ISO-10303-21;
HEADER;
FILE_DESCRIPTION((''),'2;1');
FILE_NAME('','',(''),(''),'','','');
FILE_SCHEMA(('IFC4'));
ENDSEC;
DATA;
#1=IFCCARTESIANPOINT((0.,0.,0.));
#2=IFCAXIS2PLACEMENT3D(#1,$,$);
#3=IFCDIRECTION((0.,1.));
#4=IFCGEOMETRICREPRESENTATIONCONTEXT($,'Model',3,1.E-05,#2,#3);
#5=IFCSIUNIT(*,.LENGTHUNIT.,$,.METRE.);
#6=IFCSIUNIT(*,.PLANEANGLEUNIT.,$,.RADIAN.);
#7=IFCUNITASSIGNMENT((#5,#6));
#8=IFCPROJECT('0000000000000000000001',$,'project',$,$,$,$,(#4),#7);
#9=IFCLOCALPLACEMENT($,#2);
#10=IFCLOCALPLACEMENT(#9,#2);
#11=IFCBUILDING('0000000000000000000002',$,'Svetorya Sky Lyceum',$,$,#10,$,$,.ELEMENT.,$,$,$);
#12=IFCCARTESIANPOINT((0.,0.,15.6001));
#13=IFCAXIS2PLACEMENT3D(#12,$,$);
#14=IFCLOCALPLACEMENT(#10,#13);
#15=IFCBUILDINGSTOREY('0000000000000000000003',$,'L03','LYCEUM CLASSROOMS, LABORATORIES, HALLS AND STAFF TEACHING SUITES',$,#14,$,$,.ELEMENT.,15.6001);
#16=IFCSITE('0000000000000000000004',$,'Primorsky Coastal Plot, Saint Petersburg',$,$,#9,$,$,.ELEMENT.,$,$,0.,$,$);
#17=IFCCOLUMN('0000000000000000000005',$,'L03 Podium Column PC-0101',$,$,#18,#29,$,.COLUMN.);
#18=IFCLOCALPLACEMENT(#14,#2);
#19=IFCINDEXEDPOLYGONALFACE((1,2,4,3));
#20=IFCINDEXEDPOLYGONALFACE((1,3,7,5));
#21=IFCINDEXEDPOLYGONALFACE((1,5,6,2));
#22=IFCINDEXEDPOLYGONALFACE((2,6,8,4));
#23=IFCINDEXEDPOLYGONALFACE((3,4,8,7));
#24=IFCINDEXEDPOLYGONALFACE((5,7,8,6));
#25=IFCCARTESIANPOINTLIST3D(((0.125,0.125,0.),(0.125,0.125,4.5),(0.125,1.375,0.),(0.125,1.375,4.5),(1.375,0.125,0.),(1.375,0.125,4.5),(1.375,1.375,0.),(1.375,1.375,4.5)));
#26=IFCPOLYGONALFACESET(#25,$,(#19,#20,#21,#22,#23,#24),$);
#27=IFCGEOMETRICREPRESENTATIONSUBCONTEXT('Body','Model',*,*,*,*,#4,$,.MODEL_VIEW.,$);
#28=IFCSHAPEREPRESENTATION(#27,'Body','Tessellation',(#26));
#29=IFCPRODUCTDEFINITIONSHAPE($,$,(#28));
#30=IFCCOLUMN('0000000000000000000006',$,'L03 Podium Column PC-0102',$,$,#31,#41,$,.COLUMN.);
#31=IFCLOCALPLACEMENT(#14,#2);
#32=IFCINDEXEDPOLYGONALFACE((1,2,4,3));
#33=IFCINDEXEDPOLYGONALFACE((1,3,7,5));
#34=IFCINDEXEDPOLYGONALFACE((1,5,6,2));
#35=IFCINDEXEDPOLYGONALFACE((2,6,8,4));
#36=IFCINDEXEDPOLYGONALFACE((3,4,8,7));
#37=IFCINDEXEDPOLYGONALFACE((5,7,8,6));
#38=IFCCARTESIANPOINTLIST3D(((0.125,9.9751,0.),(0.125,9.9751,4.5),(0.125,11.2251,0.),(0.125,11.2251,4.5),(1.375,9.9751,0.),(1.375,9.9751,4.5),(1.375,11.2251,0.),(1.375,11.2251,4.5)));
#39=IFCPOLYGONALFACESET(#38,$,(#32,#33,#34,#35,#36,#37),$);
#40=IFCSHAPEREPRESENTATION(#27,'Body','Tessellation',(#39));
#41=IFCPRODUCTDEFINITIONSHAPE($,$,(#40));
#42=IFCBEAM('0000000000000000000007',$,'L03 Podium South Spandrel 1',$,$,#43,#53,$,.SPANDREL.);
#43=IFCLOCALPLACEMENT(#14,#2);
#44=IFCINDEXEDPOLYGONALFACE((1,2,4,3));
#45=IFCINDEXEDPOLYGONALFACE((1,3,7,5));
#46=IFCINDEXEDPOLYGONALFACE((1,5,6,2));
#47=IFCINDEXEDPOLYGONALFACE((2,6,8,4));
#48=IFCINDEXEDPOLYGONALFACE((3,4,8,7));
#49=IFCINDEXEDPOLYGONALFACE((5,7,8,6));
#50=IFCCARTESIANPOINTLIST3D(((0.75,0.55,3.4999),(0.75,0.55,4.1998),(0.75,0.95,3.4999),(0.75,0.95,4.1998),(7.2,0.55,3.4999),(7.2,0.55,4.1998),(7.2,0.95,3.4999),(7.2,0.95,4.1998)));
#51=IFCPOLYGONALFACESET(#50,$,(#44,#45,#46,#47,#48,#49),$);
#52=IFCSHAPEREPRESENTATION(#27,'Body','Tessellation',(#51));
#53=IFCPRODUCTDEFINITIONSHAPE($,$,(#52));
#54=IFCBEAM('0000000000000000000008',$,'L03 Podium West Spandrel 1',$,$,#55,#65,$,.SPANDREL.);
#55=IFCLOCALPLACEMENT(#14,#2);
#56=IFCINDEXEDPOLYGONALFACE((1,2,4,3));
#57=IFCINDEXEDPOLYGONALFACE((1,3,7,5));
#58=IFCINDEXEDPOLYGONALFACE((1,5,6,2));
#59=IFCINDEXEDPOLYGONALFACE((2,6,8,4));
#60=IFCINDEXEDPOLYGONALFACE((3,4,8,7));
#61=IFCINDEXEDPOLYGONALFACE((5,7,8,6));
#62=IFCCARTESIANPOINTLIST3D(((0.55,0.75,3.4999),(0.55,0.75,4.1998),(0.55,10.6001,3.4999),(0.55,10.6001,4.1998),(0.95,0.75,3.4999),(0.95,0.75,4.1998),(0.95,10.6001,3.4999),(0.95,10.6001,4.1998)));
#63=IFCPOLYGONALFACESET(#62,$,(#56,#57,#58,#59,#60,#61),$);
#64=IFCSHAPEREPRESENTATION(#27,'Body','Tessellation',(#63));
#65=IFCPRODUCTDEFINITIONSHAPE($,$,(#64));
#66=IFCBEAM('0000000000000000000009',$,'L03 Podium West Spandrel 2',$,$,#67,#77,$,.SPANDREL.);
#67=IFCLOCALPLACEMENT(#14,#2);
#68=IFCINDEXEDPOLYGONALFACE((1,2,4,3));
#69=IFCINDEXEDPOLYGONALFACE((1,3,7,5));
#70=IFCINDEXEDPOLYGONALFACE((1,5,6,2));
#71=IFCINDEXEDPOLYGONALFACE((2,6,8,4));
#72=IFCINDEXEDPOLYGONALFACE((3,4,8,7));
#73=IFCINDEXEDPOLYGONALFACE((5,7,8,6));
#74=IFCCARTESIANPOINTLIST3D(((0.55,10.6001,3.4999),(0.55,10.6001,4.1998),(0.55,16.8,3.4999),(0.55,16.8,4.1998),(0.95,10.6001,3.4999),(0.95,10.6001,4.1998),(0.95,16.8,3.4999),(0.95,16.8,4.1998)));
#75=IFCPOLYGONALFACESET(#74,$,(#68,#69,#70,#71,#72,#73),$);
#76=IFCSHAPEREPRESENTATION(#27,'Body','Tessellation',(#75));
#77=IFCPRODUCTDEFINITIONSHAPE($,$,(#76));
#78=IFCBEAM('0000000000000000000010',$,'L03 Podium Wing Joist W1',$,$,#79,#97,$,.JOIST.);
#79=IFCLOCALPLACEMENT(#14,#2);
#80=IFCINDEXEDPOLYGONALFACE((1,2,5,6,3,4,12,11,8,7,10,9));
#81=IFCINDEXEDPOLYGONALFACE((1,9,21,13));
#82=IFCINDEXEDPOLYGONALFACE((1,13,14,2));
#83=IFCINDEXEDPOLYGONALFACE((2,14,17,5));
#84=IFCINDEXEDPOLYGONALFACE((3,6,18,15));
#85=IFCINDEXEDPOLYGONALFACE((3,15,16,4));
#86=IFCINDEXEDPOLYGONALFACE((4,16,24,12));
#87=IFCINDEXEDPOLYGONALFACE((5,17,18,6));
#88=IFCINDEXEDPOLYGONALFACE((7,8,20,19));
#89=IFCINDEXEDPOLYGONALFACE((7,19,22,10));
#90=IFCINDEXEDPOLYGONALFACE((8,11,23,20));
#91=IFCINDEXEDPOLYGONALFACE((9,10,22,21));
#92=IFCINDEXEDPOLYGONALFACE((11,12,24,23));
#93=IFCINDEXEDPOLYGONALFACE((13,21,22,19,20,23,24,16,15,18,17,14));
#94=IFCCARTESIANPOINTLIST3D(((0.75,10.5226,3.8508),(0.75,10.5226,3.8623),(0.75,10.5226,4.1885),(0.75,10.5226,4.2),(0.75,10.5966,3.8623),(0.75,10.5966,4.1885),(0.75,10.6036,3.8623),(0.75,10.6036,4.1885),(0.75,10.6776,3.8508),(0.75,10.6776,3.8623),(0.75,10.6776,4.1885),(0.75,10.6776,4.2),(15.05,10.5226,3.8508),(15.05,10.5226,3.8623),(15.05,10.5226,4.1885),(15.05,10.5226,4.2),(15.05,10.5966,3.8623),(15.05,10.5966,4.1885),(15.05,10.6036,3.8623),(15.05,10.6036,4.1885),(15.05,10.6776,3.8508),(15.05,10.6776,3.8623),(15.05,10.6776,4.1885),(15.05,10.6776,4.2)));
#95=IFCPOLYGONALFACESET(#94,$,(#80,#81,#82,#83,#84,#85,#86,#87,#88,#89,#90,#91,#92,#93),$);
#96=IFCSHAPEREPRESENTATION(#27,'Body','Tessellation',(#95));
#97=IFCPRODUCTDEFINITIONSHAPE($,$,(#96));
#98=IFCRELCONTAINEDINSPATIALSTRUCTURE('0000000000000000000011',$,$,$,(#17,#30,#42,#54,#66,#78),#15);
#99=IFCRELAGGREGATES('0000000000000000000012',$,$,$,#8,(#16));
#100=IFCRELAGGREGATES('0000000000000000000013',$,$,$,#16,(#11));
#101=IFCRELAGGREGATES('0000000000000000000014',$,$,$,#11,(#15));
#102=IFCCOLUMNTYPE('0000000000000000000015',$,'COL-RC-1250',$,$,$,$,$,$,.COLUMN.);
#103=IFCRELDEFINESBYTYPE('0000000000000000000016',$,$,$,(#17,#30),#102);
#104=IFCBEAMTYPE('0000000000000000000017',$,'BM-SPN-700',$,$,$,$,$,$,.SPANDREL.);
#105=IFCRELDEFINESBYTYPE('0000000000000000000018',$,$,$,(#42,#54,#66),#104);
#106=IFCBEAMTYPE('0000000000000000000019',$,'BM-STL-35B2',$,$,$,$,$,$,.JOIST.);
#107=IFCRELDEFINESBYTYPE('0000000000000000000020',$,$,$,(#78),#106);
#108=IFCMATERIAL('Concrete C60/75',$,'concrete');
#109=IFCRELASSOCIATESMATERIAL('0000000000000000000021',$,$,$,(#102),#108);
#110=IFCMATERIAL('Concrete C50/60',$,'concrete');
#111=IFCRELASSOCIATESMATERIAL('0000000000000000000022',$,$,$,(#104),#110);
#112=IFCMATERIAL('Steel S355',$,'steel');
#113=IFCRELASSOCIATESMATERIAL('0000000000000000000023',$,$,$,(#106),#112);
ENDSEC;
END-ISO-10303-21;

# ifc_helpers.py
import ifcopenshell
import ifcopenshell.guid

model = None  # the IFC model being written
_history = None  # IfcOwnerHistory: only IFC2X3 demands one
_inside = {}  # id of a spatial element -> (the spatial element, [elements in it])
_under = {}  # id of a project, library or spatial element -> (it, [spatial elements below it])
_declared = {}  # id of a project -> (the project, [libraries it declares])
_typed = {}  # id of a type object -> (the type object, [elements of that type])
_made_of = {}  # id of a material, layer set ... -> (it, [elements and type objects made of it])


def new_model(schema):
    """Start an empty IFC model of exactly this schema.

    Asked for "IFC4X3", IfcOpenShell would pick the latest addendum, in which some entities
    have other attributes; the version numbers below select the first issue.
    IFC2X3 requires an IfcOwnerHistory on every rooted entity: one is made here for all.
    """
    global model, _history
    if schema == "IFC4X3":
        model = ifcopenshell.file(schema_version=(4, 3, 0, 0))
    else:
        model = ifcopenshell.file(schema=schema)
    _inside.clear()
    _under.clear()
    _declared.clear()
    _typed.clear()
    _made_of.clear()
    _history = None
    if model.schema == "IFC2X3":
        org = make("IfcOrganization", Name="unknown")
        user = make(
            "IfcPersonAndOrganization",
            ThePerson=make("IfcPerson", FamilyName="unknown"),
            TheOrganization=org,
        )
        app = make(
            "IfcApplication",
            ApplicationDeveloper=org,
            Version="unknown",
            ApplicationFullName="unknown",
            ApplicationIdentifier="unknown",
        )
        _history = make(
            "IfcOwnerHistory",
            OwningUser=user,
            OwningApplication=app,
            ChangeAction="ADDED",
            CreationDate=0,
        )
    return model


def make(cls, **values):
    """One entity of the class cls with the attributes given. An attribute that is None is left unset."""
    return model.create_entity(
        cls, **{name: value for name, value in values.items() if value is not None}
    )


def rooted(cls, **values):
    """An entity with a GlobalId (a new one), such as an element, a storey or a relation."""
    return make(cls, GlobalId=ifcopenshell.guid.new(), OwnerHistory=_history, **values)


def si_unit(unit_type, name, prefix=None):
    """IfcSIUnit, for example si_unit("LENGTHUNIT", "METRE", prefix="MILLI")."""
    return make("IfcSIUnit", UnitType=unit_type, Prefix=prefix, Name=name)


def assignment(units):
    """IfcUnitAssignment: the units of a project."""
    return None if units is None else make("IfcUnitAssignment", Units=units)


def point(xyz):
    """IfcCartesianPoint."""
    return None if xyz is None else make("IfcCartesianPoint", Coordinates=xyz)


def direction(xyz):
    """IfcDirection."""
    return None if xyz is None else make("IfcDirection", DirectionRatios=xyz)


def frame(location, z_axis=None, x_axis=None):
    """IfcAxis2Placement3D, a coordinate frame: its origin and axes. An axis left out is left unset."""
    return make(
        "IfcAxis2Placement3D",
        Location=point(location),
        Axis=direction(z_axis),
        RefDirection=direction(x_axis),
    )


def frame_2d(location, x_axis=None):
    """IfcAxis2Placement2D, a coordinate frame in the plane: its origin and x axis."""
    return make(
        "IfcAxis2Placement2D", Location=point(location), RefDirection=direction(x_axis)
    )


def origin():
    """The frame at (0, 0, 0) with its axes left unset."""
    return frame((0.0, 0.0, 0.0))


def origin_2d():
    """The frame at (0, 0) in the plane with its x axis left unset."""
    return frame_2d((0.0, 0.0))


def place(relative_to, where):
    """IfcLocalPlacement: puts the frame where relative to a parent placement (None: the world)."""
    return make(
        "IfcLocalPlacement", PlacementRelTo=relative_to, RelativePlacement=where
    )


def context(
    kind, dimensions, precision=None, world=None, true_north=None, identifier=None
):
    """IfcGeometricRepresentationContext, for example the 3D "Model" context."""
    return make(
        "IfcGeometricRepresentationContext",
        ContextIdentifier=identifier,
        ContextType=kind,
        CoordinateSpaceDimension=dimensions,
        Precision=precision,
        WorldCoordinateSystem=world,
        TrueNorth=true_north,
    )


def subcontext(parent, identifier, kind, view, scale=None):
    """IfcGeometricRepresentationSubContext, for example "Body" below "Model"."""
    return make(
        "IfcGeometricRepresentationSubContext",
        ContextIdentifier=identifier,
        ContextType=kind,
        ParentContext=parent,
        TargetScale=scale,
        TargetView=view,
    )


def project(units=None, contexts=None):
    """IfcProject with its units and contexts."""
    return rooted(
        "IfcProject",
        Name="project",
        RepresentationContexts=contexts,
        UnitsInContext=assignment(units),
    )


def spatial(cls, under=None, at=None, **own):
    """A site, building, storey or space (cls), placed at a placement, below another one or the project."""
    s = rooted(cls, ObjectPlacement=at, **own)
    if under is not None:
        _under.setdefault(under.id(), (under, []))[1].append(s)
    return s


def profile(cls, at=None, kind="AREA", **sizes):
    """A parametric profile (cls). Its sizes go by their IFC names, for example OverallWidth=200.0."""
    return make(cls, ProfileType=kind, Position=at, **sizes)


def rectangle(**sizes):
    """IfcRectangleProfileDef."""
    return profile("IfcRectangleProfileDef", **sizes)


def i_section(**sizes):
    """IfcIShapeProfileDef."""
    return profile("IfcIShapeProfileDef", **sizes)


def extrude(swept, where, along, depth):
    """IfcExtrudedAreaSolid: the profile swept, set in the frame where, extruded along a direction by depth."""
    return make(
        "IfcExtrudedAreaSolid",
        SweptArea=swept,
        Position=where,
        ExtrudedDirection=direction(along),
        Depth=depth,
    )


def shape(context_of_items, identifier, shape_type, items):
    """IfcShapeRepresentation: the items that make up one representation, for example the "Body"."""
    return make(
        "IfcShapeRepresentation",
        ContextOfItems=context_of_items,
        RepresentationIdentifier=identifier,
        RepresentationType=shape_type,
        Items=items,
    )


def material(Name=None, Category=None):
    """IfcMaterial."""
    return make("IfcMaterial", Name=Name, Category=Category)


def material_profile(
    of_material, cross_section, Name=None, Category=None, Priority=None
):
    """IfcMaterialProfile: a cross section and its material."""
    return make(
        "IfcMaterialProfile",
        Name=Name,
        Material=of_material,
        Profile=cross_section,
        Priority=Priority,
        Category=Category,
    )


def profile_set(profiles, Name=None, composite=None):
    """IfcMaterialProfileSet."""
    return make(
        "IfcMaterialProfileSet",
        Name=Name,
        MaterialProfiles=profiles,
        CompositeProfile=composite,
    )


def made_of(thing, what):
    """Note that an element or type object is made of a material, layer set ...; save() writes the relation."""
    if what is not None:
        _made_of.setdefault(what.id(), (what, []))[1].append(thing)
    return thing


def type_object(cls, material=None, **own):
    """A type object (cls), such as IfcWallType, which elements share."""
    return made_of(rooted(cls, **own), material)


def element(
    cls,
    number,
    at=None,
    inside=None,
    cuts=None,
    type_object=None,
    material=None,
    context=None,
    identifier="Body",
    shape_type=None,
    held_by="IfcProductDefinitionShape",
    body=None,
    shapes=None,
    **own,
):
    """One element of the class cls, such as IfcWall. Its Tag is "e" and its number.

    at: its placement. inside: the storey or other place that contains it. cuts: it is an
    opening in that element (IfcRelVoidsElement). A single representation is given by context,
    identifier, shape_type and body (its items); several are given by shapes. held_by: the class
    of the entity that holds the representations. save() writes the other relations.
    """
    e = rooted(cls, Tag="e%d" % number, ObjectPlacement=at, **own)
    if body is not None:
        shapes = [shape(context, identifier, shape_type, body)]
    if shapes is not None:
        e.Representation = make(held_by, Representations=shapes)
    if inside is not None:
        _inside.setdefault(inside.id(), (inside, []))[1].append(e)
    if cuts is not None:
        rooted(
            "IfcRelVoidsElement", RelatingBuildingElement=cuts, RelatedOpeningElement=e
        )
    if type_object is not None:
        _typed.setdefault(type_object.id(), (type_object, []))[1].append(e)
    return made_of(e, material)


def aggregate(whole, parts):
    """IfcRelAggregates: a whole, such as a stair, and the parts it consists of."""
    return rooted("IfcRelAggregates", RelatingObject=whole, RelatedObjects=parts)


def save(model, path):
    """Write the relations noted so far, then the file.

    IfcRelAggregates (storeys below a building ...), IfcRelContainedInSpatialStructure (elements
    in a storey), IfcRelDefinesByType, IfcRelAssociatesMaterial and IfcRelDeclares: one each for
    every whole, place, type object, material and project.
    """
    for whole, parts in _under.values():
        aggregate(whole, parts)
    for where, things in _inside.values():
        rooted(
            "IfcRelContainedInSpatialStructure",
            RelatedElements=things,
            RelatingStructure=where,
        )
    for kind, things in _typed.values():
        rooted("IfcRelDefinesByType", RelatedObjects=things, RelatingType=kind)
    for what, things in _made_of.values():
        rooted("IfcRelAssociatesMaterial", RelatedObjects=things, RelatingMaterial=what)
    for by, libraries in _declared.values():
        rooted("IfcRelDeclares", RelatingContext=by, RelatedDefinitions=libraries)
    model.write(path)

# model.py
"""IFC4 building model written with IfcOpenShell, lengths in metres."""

from ifc_helpers import new_model, si_unit, direction, frame, origin, origin_2d, place, context, subcontext, project, spatial, rectangle, i_section, extrude, material, material_profile, profile_set, type_object, element, save


model = new_model("IFC4")

# Units and contexts
model_context = context("Model", 3, precision=1e-05, world=origin(), true_north=direction((0.0, 1.0)))
body_context = subcontext(model_context, "Body", "Model", "MODEL_VIEW")
ifc_project = project(units=[si_unit("LENGTHUNIT", "METRE"), si_unit("PLANEANGLEUNIT", "RADIAN")], contexts=[model_context])

# Site, building, storey
site_placement = place(None, origin())
site = spatial("IfcSite", under=ifc_project, at=site_placement, Name="Primorsky Coastal Plot, Saint Petersburg", CompositionType="ELEMENT", RefElevation=0.0)
building_placement = place(site_placement, origin())
building = spatial("IfcBuilding", under=site, at=building_placement, Name="Svetorya Sky Lyceum", CompositionType="ELEMENT")
storey_placement = place(building_placement, frame((0.0, 0.0, 15.6001)))
storey = spatial("IfcBuildingStorey", under=building, at=storey_placement, Name="L03", Description="LYCEUM CLASSROOMS, LABORATORIES, HALLS AND STAFF TEACHING SUITES", CompositionType="ELEMENT", Elevation=15.6001)

# Columns
ifc_material_1 = material(Name="Concrete C60/75", Category="concrete")
ifc_material_profile_1 = material_profile(ifc_material_1, rectangle(XDim=1.25, YDim=1.25, at=origin_2d()), Name="RC COL 1250x1250")
ifc_profile_set_1 = profile_set([ifc_material_profile_1], Name="Concrete C60/75")
column_type = type_object("IfcColumnType", Name="COL-RC-1250", PredefinedType="COLUMN", material=ifc_profile_set_1)
for number, where, z_axis, x_axis, name in (
    (1, (0.75, 0.75, 0.0), (0.0, 0.0, 1.0), (1.0, 0.0, 0.0), "L03 Podium Column PC-0101"),
    (2, (0.75, 10.6001, 0.0), (0.0, 0.0, 1.0), (1.0, 0.0, 0.0), "L03 Podium Column PC-0102"),
):
    element("IfcColumn", number, at=place(storey_placement, frame(where, z_axis=z_axis, x_axis=x_axis)), inside=storey, type_object=column_type, Name=name, PredefinedType="COLUMN", context=body_context, shape_type="SweptSolid", body=[
        extrude(rectangle(XDim=1.25, YDim=1.25, at=origin_2d()), origin(), (0.0, 0.0, 1.0), 4.5),
    ])

# Beams
ifc_material_2 = material(Name="Concrete C50/60", Category="concrete")
ifc_material_profile_2 = material_profile(ifc_material_2, rectangle(XDim=0.3999, YDim=0.7, at=origin_2d()), Name="RC SPANDREL 400x700")
ifc_profile_set_2 = profile_set([ifc_material_profile_2], Name="Concrete C50/60")
beam_type_1 = type_object("IfcBeamType", Name="BM-SPN-700", PredefinedType="SPANDREL", material=ifc_profile_set_2)
beam_1_placement = place(storey_placement, frame((0.75, 0.75, 3.8499), z_axis=(1.0, 0.0, 0.0), x_axis=(0.0, 1.0, 0.0)))
element("IfcBeam", 3, at=beam_1_placement, inside=storey, type_object=beam_type_1, Name="L03 Podium South Spandrel 1", PredefinedType="SPANDREL", context=body_context, shape_type="SweptSolid", body=[
    extrude(rectangle(XDim=0.3999, YDim=0.7, at=origin_2d()), origin(), (0.0, 0.0, 1.0), 6.45),
])
beam_2_placement = place(storey_placement, frame((0.75, 0.75, 3.8499), z_axis=(0.0, 1.0, 0.0), x_axis=(-1.0, 0.0, 0.0)))
element("IfcBeam", 4, at=beam_2_placement, inside=storey, type_object=beam_type_1, Name="L03 Podium West Spandrel 1", PredefinedType="SPANDREL", context=body_context, shape_type="SweptSolid", body=[
    extrude(rectangle(XDim=0.3999, YDim=0.7, at=origin_2d()), origin(), (0.0, 0.0, 1.0), 9.8501),
])
beam_3_placement = place(storey_placement, frame((0.75, 10.6001, 3.8499), z_axis=(0.0, 1.0, 0.0), x_axis=(-1.0, 0.0, 0.0)))
element("IfcBeam", 5, at=beam_3_placement, inside=storey, type_object=beam_type_1, Name="L03 Podium West Spandrel 2", PredefinedType="SPANDREL", context=body_context, shape_type="SweptSolid", body=[
    extrude(rectangle(XDim=0.3999, YDim=0.7, at=origin_2d()), origin(), (0.0, 0.0, 1.0), 6.2),
])
ifc_material_3 = material(Name="Steel S355", Category="steel")
ifc_material_profile_3 = material_profile(ifc_material_3, i_section(OverallWidth=0.155, OverallDepth=0.3491, WebThickness=0.0071, FlangeThickness=0.0115, at=origin_2d()), Name="GOST 35B2")
ifc_profile_set_3 = profile_set([ifc_material_profile_3], Name="Steel S355")
beam_type_2 = type_object("IfcBeamType", Name="BM-STL-35B2", PredefinedType="JOIST", material=ifc_profile_set_3)
beam_4_placement = place(storey_placement, frame((0.75, 10.6001, 4.0254), z_axis=(1.0, 0.0, 0.0), x_axis=(0.0, 1.0, 0.0)))
element("IfcBeam", 6, at=beam_4_placement, inside=storey, type_object=beam_type_2, Name="L03 Podium Wing Joist W1", PredefinedType="JOIST", context=body_context, shape_type="SweptSolid", body=[
    extrude(i_section(OverallWidth=0.155, OverallDepth=0.3491, WebThickness=0.0071, FlangeThickness=0.0115, at=origin_2d()), origin(), (0.0, 0.0, 1.0), 14.3),
])

save(model, "model.ifc")
